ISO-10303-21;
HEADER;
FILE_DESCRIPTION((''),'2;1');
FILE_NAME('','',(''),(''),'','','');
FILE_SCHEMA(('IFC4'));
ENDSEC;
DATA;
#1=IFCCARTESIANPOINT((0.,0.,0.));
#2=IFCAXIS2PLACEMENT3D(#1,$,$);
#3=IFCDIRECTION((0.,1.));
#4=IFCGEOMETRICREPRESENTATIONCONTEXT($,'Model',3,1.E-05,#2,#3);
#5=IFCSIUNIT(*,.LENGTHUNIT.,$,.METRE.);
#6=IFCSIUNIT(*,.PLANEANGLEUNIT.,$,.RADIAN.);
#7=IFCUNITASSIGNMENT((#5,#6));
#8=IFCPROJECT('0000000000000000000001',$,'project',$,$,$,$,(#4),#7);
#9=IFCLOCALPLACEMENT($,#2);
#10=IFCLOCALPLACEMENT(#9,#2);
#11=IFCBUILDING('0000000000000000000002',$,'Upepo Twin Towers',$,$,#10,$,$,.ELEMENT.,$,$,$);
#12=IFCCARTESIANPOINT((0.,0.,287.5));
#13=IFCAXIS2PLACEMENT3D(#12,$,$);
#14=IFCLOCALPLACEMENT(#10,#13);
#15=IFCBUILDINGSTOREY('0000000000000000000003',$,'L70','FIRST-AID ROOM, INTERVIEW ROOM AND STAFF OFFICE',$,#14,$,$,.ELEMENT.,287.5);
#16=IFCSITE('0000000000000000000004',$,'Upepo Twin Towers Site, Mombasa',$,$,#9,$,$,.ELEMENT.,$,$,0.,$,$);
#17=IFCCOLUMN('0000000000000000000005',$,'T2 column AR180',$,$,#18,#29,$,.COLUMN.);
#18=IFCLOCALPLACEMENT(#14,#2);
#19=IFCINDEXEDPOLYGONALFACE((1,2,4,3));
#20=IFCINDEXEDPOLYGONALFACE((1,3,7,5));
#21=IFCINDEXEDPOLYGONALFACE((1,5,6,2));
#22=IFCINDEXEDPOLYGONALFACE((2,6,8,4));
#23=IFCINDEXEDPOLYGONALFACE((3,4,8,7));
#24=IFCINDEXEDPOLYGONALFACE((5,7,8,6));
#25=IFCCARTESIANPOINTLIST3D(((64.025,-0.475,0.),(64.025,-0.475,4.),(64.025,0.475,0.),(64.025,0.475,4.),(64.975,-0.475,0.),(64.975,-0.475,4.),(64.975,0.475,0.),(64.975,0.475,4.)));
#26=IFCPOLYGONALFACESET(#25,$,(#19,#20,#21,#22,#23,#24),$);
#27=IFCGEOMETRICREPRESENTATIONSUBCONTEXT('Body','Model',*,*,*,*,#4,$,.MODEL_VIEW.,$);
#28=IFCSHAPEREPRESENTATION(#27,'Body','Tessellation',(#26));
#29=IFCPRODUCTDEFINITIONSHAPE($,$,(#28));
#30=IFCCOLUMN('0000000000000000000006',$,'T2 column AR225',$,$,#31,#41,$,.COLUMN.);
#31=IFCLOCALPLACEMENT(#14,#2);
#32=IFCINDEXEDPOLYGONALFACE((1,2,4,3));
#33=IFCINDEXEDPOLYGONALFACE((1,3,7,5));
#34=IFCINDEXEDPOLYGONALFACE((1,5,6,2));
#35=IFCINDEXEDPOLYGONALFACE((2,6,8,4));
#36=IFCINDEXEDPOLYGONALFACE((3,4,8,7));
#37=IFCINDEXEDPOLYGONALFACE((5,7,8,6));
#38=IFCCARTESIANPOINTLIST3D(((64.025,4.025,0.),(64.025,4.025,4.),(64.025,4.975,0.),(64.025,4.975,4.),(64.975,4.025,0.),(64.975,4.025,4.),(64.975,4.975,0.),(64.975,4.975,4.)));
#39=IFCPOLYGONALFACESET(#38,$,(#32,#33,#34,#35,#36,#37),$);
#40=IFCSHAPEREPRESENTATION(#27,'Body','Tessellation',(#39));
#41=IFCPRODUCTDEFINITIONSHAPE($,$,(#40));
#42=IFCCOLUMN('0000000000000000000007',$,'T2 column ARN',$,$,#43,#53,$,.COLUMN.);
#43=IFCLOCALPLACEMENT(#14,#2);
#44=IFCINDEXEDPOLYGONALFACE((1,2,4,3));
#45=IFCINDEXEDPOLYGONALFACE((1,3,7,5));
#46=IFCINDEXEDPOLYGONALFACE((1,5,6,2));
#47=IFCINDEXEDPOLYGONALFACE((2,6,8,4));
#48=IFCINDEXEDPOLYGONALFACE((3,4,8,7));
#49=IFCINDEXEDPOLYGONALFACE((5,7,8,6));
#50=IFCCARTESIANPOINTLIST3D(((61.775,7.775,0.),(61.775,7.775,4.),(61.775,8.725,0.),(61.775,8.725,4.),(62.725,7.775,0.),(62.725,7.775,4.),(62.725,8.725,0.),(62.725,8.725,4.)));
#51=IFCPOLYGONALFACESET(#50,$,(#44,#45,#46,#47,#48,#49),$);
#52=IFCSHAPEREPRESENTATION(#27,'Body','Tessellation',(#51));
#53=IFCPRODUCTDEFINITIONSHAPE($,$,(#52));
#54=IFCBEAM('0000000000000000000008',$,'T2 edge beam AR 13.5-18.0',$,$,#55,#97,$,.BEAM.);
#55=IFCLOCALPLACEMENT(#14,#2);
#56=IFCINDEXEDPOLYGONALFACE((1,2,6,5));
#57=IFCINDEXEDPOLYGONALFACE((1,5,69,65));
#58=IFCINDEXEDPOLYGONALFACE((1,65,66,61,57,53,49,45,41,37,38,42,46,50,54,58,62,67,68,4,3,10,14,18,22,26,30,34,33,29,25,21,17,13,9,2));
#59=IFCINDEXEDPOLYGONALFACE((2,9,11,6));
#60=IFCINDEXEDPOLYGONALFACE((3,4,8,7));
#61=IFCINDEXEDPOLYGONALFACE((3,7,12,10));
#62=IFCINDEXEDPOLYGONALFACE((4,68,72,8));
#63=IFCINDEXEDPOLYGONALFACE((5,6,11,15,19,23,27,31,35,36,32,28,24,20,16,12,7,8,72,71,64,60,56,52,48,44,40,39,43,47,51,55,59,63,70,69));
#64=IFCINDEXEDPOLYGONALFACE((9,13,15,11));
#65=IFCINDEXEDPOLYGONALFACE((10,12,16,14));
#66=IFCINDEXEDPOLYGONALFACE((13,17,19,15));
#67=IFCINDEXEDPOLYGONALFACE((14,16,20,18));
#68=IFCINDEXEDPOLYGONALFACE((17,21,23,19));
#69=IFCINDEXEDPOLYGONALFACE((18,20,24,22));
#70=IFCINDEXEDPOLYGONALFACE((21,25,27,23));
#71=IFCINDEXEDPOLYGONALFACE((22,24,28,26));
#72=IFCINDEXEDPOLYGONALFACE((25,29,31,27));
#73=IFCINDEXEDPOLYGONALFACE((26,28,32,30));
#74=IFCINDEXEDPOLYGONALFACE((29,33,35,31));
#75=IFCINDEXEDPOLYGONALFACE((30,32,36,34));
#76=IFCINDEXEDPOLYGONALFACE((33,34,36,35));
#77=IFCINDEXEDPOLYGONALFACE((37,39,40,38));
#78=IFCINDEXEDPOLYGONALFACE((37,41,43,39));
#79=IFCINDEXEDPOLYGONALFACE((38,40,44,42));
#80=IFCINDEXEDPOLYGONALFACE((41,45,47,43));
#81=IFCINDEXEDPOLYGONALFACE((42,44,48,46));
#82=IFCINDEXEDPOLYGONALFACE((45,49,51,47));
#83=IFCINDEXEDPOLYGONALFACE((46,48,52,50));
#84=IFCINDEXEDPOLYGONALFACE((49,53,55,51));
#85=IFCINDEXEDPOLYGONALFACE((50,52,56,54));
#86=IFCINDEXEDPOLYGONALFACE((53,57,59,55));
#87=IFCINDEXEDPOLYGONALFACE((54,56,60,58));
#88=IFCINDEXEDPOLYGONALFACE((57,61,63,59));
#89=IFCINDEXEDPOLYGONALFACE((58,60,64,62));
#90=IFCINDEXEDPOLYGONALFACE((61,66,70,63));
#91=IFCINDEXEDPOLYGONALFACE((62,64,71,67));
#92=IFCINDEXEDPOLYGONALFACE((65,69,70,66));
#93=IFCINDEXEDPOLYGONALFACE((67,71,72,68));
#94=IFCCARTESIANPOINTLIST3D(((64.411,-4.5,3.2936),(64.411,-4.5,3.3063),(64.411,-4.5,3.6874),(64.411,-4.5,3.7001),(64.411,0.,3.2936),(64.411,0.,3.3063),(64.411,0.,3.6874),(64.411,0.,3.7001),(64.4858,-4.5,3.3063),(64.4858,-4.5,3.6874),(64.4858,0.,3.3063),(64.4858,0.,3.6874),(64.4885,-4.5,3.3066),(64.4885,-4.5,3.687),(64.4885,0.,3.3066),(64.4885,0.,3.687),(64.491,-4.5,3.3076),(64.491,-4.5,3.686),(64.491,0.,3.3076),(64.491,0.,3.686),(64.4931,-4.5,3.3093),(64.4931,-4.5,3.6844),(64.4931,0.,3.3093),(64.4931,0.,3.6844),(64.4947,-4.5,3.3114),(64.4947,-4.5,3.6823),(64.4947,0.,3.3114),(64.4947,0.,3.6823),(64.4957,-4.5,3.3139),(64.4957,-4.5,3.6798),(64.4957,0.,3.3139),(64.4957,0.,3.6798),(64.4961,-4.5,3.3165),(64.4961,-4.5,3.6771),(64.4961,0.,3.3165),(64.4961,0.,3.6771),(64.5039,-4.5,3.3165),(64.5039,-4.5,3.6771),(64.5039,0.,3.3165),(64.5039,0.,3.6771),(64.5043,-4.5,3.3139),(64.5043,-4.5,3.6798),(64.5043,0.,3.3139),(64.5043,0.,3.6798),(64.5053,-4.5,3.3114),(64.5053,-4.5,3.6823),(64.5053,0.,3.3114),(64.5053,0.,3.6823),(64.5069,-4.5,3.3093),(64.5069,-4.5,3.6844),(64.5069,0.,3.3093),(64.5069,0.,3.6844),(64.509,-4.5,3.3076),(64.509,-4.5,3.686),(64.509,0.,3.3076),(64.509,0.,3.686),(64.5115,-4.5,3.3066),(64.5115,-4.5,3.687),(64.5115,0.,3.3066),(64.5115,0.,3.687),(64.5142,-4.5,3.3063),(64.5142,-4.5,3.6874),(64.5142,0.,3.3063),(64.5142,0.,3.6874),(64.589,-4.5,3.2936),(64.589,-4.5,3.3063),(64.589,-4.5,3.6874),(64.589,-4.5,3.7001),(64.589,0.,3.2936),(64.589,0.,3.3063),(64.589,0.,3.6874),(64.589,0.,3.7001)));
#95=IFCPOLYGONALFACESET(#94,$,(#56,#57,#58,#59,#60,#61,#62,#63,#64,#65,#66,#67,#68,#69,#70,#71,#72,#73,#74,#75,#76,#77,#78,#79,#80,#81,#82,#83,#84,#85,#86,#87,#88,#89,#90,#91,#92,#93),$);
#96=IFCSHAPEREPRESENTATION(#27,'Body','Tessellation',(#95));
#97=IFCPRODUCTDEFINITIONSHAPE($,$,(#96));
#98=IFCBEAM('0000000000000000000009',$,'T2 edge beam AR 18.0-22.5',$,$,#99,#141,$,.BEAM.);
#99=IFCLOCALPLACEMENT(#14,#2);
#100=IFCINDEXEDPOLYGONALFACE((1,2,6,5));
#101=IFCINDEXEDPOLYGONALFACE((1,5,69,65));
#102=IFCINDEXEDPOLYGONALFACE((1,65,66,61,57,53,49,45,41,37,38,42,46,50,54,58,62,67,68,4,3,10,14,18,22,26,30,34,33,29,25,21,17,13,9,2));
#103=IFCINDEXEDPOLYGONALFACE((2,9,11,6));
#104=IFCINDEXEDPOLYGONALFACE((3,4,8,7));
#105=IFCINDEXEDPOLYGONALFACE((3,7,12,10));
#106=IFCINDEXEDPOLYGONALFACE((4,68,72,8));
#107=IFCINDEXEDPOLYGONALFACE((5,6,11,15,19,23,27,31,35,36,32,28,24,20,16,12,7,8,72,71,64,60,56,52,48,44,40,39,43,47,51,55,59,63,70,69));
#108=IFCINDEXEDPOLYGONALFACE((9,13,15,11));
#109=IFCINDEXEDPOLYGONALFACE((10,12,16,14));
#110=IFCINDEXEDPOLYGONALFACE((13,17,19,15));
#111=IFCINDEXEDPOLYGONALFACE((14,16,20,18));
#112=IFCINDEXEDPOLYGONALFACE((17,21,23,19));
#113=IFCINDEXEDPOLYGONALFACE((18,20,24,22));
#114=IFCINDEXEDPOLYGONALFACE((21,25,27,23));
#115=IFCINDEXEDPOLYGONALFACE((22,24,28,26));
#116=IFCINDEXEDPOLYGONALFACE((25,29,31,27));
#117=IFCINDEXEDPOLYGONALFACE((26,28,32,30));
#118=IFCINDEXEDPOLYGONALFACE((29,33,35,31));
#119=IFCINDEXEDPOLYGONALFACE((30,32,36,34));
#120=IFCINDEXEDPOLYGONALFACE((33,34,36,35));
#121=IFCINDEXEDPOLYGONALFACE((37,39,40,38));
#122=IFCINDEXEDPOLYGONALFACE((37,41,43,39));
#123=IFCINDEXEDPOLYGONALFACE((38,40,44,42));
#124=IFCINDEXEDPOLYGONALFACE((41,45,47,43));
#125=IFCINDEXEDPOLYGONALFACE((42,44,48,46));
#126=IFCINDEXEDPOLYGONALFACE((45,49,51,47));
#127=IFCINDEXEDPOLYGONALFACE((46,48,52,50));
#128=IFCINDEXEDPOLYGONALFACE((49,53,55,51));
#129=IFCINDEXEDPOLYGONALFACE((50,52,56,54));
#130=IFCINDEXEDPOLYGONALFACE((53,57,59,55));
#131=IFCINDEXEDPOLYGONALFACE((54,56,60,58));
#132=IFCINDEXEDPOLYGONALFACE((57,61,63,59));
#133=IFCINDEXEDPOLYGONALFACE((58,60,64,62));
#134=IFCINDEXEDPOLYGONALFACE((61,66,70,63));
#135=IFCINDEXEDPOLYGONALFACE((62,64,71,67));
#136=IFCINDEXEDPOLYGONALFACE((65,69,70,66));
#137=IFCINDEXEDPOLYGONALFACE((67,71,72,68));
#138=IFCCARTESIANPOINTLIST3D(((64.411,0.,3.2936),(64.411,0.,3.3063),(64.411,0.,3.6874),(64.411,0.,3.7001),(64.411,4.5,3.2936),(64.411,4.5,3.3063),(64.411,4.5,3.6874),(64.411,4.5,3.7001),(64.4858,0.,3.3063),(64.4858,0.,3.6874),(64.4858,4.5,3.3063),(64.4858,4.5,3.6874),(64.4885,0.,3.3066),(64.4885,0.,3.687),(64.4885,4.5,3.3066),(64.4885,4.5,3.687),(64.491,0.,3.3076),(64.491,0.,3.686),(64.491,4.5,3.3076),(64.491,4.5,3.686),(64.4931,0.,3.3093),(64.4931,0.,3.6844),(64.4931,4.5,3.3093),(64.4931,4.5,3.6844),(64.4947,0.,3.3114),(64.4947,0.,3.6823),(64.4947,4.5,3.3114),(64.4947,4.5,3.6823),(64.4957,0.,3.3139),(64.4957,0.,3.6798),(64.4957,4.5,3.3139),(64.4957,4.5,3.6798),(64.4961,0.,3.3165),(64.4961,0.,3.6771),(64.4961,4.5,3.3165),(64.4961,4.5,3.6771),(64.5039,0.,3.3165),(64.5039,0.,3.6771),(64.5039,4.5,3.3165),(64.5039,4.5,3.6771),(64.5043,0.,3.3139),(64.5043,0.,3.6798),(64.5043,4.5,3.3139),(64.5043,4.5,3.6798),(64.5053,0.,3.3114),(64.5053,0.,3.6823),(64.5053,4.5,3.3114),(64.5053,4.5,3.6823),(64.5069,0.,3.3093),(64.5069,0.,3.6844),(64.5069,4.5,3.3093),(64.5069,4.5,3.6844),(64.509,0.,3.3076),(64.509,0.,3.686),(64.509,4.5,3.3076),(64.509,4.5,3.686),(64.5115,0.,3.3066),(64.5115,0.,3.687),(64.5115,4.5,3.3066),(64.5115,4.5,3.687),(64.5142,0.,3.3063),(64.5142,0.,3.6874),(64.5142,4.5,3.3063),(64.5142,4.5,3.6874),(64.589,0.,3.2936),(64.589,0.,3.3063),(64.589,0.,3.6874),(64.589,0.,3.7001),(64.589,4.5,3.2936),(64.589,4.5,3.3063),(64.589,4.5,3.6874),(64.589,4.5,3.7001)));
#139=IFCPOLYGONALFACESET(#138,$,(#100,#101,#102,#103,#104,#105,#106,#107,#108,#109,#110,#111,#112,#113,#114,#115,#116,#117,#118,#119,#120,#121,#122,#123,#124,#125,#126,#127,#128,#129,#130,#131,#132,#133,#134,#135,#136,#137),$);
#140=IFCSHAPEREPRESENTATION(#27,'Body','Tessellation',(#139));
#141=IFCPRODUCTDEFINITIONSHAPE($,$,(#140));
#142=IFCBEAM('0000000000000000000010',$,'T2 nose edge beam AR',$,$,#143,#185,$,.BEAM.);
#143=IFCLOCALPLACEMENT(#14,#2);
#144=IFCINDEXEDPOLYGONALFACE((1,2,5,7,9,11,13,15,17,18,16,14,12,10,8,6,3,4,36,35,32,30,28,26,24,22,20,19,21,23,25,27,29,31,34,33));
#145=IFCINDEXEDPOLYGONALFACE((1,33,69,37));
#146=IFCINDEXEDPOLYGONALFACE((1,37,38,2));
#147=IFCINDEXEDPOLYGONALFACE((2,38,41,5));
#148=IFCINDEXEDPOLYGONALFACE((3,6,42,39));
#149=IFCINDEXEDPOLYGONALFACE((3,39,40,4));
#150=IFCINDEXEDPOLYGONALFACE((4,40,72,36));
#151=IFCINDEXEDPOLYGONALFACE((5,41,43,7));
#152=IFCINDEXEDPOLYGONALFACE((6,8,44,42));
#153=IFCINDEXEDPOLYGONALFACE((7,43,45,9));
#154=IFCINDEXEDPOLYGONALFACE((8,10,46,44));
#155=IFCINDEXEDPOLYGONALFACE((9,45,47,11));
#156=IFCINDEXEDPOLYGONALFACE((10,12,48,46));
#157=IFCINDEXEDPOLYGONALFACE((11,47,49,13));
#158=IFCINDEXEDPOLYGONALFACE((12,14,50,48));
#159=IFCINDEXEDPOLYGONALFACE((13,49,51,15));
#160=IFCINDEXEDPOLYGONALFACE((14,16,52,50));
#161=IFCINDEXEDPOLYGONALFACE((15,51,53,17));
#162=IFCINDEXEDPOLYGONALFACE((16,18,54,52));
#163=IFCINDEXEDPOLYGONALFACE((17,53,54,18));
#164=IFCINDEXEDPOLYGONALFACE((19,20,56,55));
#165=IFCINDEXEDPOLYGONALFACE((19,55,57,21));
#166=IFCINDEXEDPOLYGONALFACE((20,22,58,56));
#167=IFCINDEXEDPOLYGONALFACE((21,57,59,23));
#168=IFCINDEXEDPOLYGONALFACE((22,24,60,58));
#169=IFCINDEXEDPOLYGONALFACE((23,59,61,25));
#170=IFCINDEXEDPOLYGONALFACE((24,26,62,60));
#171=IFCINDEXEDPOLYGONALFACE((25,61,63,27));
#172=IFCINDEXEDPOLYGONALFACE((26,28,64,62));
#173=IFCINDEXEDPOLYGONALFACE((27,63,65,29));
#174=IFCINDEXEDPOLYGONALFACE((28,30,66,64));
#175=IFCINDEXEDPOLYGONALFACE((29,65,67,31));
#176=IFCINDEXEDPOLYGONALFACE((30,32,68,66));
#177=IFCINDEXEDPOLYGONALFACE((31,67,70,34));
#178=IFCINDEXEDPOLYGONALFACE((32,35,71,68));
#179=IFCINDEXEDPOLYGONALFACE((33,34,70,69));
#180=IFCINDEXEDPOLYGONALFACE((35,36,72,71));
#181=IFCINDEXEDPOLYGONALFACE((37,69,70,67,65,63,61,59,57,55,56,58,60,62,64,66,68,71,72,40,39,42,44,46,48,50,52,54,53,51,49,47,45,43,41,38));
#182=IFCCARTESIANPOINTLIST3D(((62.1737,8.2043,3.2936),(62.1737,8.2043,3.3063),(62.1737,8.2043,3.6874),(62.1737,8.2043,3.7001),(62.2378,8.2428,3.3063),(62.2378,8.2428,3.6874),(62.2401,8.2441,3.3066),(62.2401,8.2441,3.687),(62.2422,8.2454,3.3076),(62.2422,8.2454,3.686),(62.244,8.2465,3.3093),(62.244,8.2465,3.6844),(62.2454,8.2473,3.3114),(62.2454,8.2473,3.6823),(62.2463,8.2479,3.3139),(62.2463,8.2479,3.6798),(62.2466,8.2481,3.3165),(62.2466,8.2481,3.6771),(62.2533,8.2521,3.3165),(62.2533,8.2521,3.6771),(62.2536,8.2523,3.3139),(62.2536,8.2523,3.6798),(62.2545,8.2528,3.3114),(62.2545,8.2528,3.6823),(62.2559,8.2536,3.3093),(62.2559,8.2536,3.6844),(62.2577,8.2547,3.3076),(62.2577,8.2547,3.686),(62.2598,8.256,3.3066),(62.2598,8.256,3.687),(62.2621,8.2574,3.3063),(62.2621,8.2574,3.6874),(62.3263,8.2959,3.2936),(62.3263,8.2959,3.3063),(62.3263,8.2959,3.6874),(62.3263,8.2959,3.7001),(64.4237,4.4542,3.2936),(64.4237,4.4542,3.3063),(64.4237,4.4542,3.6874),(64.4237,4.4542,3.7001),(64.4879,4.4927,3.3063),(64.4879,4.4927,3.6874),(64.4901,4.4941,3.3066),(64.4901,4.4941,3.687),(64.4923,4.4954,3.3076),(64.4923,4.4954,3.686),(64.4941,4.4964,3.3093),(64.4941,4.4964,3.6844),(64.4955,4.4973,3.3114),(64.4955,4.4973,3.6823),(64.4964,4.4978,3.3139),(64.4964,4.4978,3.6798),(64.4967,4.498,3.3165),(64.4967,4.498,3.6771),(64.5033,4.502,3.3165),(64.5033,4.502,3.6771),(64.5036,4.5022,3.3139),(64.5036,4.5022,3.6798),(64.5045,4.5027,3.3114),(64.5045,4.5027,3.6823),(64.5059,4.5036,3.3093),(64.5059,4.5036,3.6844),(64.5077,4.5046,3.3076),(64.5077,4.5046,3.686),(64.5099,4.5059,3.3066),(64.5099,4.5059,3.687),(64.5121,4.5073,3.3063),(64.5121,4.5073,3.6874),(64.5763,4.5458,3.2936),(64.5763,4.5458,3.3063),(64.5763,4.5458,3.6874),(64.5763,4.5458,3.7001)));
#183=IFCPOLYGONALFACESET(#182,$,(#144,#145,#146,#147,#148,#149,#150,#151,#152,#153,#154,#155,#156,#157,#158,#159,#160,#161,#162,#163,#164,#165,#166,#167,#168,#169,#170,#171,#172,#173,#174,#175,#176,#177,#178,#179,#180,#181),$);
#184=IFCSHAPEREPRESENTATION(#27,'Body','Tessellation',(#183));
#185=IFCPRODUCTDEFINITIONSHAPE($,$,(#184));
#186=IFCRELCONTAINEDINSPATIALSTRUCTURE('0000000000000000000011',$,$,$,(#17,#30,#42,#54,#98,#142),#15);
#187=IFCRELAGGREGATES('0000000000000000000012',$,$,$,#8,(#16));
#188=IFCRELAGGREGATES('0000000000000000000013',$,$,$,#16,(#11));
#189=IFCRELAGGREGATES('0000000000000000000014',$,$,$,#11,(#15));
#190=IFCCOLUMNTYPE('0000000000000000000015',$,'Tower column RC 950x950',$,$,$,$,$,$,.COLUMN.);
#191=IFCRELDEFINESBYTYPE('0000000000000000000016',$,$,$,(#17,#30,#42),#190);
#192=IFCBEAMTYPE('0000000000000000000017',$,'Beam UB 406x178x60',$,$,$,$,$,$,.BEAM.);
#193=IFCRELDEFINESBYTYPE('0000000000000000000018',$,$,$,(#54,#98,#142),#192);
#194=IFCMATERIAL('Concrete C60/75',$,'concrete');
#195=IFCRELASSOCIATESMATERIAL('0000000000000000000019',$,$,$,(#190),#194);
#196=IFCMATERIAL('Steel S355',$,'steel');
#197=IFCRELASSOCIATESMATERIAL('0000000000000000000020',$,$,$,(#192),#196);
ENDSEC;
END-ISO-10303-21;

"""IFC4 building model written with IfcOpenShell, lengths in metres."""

from ifc_helpers import new_model, si_unit, direction, frame, origin, origin_2d, place, context, subcontext, project, spatial, rectangle, i_section, extrude, material, material_profile, profile_set, type_object, element, save


model = new_model("IFC4")

# Units and contexts
model_context = context("Model", 3, precision=1e-05, world=origin(), true_north=direction((0.0, 1.0)))
body_context = subcontext(model_context, "Body", "Model", "MODEL_VIEW")
ifc_project = project(units=[si_unit("LENGTHUNIT", "METRE"), si_unit("PLANEANGLEUNIT", "RADIAN")], contexts=[model_context])

# Site, building, storey
site_placement = place(None, origin())
site = spatial("IfcSite", under=ifc_project, at=site_placement, Name="Upepo Twin Towers Site, Mombasa", CompositionType="ELEMENT", RefElevation=0.0)
building_placement = place(site_placement, origin())
building = spatial("IfcBuilding", under=site, at=building_placement, Name="Upepo Twin Towers", CompositionType="ELEMENT")
storey_placement = place(building_placement, frame((0.0, 0.0, 287.5)))
storey = spatial("IfcBuildingStorey", under=building, at=storey_placement, Name="L70", Description="FIRST-AID ROOM, INTERVIEW ROOM AND STAFF OFFICE", CompositionType="ELEMENT", Elevation=287.5)

# Columns
ifc_material_1 = material(Name="Concrete C60/75", Category="concrete")
ifc_material_profile_1 = material_profile(ifc_material_1, rectangle(XDim=0.95, YDim=0.95, at=origin_2d()), Name="RC 950x950")
ifc_profile_set_1 = profile_set([ifc_material_profile_1], Name="Concrete C60/75")
column_type = type_object("IfcColumnType", Name="Tower column RC 950x950", PredefinedType="COLUMN", material=ifc_profile_set_1)
for number, where, z_axis, x_axis, name in (
    (1, (64.5, 0.0, 0.0), (0.0, 0.0, 1.0), (1.0, 0.0, 0.0), "T2 column AR180"),
    (2, (64.5, 4.5, 0.0), (0.0, 0.0, 1.0), (1.0, 0.0, 0.0), "T2 column AR225"),
    (3, (62.25, 8.25, 0.0), (0.0, 0.0, 1.0), (1.0, 0.0, 0.0), "T2 column ARN"),
):
    element("IfcColumn", number, at=place(storey_placement, frame(where, z_axis=z_axis, x_axis=x_axis)), inside=storey, type_object=column_type, Name=name, PredefinedType="COLUMN", context=body_context, shape_type="SweptSolid", body=[
        extrude(rectangle(XDim=0.95, YDim=0.95, at=origin_2d()), origin(), (0.0, 0.0, 1.0), 4.0),
    ])

# Beams
ifc_material_2 = material(Name="Steel S355", Category="steel")
ifc_material_profile_2 = material_profile(ifc_material_2, i_section(OverallWidth=0.178, OverallDepth=0.4065, WebThickness=0.0078, FlangeThickness=0.0127, FilletRadius=0.0103, at=origin_2d()), Name="UB 406x178x60")
ifc_profile_set_2 = profile_set([ifc_material_profile_2], Name="Steel S355")
beam_type_1 = type_object("IfcBeamType", Name="Beam UB 406x178x60", PredefinedType="BEAM", material=ifc_profile_set_2)
for number, where, z_axis, x_axis, name in (
    (4, (64.5, -4.5, 3.4968), (0.0, 1.0, 0.0), (-1.0, 0.0, 0.0), "T2 edge beam AR 13.5-18.0"),
    (5, (64.5, 0.0, 3.4968), (0.0, 1.0, 0.0), (-1.0, 0.0, 0.0), "T2 edge beam AR 18.0-22.5"),
):
    element("IfcBeam", number, at=place(storey_placement, frame(where, z_axis=z_axis, x_axis=x_axis)), inside=storey, type_object=beam_type_1, Name=name, PredefinedType="BEAM", context=body_context, shape_type="SweptSolid", body=[
        extrude(i_section(OverallWidth=0.178, OverallDepth=0.4065, WebThickness=0.0078, FlangeThickness=0.0127, FilletRadius=0.0103, at=origin_2d()), origin(), (0.0, 0.0, 1.0), 4.5),
    ])
beam_1_placement = place(storey_placement, frame((64.5, 4.5, 3.4968), z_axis=(-0.514496, 0.857493, 0.0), x_axis=(-0.857493, -0.514496, 0.0)))
element("IfcBeam", 6, at=beam_1_placement, inside=storey, type_object=beam_type_1, Name="T2 nose edge beam AR", PredefinedType="BEAM", context=body_context, shape_type="SweptSolid", body=[
    extrude(i_section(OverallWidth=0.178, OverallDepth=0.4065, WebThickness=0.0078, FlangeThickness=0.0127, FilletRadius=0.0103, at=origin_2d()), origin(), (0.0, 0.0, 1.0), 4.3733),
])

save(model, "model.ifc")
